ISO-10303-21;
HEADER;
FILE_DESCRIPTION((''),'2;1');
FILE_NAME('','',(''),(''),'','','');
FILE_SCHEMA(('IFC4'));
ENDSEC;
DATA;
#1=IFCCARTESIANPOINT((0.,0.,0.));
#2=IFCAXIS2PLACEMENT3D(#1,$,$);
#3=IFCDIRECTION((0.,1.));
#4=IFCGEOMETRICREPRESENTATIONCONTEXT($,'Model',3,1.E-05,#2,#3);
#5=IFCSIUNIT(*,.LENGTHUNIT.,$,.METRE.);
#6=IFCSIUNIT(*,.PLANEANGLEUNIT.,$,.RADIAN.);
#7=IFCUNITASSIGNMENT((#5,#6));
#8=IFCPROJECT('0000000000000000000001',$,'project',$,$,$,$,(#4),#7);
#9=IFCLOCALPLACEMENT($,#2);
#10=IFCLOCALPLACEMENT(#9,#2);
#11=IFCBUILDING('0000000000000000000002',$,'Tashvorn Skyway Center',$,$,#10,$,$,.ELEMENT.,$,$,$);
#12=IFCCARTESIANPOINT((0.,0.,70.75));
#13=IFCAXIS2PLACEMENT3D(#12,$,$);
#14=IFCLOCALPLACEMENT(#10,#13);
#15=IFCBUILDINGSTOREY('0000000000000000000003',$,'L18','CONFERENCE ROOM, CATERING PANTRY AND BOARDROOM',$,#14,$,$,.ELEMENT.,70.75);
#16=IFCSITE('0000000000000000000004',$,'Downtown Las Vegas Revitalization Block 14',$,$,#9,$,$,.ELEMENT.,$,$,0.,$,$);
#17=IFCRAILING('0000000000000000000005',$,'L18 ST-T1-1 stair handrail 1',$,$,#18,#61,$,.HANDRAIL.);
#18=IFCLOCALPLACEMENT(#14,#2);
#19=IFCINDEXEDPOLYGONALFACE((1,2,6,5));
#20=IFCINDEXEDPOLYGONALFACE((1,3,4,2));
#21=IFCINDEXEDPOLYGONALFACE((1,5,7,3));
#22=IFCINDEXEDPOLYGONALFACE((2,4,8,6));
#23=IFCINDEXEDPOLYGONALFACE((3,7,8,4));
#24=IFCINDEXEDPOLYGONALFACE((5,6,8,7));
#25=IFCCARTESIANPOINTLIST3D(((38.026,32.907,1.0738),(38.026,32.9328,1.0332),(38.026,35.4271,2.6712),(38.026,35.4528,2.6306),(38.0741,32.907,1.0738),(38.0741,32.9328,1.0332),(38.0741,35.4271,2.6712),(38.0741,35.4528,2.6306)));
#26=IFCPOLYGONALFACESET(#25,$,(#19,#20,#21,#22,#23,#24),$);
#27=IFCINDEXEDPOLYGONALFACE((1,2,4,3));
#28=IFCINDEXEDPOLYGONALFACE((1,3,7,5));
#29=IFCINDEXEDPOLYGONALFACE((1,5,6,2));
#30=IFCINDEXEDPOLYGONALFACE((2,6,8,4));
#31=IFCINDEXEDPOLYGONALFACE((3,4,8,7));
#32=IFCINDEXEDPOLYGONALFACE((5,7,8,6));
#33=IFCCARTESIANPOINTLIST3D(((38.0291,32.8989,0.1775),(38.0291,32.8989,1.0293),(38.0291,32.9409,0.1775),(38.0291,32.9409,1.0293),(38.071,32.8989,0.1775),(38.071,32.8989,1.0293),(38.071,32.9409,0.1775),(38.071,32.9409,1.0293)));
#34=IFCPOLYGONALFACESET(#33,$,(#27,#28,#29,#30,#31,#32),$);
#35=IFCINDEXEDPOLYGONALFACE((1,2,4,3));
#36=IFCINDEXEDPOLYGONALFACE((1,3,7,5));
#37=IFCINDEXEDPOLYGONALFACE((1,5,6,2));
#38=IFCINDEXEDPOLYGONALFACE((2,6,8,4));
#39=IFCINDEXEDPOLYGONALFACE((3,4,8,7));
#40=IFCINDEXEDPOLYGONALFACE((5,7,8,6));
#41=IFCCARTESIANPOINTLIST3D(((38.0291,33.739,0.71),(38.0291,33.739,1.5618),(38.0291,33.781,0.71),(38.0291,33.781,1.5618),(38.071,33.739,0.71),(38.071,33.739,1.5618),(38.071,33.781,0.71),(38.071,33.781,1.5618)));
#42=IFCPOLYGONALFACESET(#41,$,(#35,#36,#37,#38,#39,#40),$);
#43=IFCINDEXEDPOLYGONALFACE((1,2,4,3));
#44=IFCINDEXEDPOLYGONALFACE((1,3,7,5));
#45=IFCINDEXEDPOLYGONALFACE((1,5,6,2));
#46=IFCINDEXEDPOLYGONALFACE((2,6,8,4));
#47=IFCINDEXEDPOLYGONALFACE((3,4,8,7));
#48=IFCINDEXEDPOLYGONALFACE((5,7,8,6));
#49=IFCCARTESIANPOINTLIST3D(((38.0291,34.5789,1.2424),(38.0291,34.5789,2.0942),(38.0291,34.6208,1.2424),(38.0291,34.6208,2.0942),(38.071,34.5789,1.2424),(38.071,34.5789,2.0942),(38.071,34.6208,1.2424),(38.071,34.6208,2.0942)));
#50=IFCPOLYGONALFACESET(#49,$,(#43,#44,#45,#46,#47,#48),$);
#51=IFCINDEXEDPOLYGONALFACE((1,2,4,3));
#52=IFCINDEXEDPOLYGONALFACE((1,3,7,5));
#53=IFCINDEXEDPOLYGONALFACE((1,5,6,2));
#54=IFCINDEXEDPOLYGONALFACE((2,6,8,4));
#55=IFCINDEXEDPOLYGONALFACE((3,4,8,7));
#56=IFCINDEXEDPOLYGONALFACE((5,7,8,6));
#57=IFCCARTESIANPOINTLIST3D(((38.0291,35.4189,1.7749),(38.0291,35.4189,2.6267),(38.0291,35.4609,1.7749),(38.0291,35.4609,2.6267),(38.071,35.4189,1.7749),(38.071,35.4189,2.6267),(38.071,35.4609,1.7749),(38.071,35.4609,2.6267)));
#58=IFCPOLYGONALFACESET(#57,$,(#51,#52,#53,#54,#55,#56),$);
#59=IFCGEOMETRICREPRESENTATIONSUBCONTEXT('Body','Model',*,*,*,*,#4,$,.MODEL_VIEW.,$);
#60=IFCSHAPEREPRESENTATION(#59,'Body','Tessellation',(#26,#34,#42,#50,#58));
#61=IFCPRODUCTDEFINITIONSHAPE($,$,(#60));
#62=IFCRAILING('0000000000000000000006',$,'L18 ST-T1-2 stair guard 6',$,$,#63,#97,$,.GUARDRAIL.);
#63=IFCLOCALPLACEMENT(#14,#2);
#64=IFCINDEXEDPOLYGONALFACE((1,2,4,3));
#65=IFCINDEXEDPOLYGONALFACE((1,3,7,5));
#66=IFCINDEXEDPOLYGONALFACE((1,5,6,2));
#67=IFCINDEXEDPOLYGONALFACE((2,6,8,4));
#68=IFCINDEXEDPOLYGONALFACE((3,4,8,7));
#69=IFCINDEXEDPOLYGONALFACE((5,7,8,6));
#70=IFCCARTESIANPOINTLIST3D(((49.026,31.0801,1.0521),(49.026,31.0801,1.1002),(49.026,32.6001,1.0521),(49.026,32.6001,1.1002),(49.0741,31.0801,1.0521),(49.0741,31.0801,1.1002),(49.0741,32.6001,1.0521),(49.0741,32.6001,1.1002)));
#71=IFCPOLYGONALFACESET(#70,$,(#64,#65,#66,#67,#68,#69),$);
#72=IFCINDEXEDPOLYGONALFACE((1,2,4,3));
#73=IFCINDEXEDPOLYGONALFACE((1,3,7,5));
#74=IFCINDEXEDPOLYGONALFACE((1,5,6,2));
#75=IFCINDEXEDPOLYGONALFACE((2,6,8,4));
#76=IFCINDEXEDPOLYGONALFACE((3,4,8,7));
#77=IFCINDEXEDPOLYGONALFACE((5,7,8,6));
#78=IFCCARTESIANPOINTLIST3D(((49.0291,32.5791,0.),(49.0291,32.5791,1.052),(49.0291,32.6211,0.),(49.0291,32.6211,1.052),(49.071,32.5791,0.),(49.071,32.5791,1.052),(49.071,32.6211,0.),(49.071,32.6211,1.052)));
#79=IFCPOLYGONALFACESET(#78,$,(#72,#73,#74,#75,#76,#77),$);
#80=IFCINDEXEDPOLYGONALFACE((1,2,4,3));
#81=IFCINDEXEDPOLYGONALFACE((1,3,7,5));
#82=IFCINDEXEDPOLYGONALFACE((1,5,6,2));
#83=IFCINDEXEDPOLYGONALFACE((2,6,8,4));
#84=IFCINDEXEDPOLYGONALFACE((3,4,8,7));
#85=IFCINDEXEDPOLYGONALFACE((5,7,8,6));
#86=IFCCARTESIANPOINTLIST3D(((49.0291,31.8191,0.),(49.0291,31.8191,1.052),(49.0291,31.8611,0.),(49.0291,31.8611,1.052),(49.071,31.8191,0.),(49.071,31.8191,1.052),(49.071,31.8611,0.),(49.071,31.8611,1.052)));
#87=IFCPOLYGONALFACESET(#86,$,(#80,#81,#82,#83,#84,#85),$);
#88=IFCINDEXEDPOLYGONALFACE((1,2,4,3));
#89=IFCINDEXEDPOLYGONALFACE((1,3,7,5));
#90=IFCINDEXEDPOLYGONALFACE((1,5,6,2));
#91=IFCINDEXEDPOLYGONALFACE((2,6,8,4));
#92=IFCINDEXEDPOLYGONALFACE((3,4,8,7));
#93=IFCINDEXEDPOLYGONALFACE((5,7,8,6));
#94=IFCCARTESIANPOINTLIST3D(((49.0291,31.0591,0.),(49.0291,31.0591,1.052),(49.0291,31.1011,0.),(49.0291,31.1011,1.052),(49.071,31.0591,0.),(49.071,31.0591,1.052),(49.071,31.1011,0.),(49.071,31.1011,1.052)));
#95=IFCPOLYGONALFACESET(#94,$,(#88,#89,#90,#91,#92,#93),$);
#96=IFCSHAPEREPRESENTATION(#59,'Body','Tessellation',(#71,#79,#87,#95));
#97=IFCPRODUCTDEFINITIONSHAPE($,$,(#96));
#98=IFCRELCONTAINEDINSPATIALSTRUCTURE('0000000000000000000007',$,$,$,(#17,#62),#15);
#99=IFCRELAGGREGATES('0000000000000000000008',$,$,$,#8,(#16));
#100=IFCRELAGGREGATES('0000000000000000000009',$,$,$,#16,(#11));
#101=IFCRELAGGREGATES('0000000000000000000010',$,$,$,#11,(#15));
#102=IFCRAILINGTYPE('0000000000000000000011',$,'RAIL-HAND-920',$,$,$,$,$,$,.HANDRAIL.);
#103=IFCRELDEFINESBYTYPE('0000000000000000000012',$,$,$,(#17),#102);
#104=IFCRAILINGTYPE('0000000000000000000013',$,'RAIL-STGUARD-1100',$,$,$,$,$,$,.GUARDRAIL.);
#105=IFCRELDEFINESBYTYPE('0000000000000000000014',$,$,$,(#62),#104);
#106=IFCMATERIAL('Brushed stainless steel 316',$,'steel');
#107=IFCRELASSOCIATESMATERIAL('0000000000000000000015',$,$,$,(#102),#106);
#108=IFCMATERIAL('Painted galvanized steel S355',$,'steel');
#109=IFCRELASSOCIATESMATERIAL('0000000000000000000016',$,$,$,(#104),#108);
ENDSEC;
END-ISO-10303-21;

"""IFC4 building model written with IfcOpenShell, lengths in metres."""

from ifc_helpers import new_model, si_unit, direction, frame, origin, origin_2d, place, context, subcontext, project, spatial, rectangle, extrude, material, type_object, element, save


model = new_model("IFC4")

# Units and contexts
model_context = context("Model", 3, precision=1e-05, world=origin(), true_north=direction((0.0, 1.0)))
body_context = subcontext(model_context, "Body", "Model", "MODEL_VIEW")
ifc_project = project(units=[si_unit("LENGTHUNIT", "METRE"), si_unit("PLANEANGLEUNIT", "RADIAN")], contexts=[model_context])

# Site, building, storey
site_placement = place(None, origin())
site = spatial("IfcSite", under=ifc_project, at=site_placement, Name="Downtown Las Vegas Revitalization Block 14", CompositionType="ELEMENT", RefElevation=0.0)
building_placement = place(site_placement, origin())
building = spatial("IfcBuilding", under=site, at=building_placement, Name="Tashvorn Skyway Center", CompositionType="ELEMENT")
storey_placement = place(building_placement, frame((0.0, 0.0, 70.75)))
storey = spatial("IfcBuildingStorey", under=building, at=storey_placement, Name="L18", Description="CONFERENCE ROOM, CATERING PANTRY AND BOARDROOM", CompositionType="ELEMENT", Elevation=70.75)

# Railings
ifc_material_1 = material(Name="Brushed stainless steel 316", Category="steel")
railing_type_1 = type_object("IfcRailingType", Name="RAIL-HAND-920", PredefinedType="HANDRAIL", material=ifc_material_1)
railing_1_placement = place(storey_placement, frame((38.05, 32.9199, 0.1775)))
element("IfcRailing", 1, at=railing_1_placement, inside=storey, type_object=railing_type_1, Name="L18 ST-T1-1 stair handrail 1", PredefinedType="HANDRAIL", context=body_context, shape_type="SweptSolid", body=[
    extrude(rectangle(XDim=0.0481, YDim=0.0481, at=origin_2d()), frame((0.0, 0.0, 0.876), z_axis=(0.0, 0.844607, 0.535387), x_axis=(-1.0, 0.0, 0.0)), (0.0, 0.0, 1.0), 2.9836),
    extrude(rectangle(XDim=0.042, YDim=0.042, at=origin_2d()), origin(), (0.0, 0.0, 1.0), 0.8518),
    extrude(rectangle(XDim=0.042, YDim=0.042, at=origin_2d()), frame((0.0, 0.8401, 0.5325)), (0.0, 0.0, 1.0), 0.8518),
    extrude(rectangle(XDim=0.042, YDim=0.042, at=origin_2d()), frame((0.0, 1.6799, 1.0649)), (0.0, 0.0, 1.0), 0.8518),
    extrude(rectangle(XDim=0.042, YDim=0.042, at=origin_2d()), frame((0.0, 2.52, 1.5974)), (0.0, 0.0, 1.0), 0.8518),
])
ifc_material_2 = material(Name="Painted galvanized steel S355", Category="steel")
railing_type_2 = type_object("IfcRailingType", Name="RAIL-STGUARD-1100", PredefinedType="GUARDRAIL", material=ifc_material_2)
railing_2_placement = place(storey_placement, frame((49.05, 32.6001, 0.0)))
element("IfcRailing", 2, at=railing_2_placement, inside=storey, type_object=railing_type_2, Name="L18 ST-T1-2 stair guard 6", PredefinedType="GUARDRAIL", context=body_context, shape_type="SweptSolid", body=[
    extrude(rectangle(XDim=0.0481, YDim=0.0481, at=origin_2d()), frame((0.0, 0.0, 1.0762), z_axis=(0.0, -1.0, 0.0), x_axis=(1.0, 0.0, 0.0)), (0.0, 0.0, 1.0), 1.52),
    extrude(rectangle(XDim=0.042, YDim=0.042, at=origin_2d()), origin(), (0.0, 0.0, 1.0), 1.052),
    extrude(rectangle(XDim=0.042, YDim=0.042, at=origin_2d()), frame((0.0, -0.76, 0.0)), (0.0, 0.0, 1.0), 1.052),
    extrude(rectangle(XDim=0.042, YDim=0.042, at=origin_2d()), frame((0.0, -1.52, 0.0)), (0.0, 0.0, 1.0), 1.052),
])

save(model, "model.ifc")
